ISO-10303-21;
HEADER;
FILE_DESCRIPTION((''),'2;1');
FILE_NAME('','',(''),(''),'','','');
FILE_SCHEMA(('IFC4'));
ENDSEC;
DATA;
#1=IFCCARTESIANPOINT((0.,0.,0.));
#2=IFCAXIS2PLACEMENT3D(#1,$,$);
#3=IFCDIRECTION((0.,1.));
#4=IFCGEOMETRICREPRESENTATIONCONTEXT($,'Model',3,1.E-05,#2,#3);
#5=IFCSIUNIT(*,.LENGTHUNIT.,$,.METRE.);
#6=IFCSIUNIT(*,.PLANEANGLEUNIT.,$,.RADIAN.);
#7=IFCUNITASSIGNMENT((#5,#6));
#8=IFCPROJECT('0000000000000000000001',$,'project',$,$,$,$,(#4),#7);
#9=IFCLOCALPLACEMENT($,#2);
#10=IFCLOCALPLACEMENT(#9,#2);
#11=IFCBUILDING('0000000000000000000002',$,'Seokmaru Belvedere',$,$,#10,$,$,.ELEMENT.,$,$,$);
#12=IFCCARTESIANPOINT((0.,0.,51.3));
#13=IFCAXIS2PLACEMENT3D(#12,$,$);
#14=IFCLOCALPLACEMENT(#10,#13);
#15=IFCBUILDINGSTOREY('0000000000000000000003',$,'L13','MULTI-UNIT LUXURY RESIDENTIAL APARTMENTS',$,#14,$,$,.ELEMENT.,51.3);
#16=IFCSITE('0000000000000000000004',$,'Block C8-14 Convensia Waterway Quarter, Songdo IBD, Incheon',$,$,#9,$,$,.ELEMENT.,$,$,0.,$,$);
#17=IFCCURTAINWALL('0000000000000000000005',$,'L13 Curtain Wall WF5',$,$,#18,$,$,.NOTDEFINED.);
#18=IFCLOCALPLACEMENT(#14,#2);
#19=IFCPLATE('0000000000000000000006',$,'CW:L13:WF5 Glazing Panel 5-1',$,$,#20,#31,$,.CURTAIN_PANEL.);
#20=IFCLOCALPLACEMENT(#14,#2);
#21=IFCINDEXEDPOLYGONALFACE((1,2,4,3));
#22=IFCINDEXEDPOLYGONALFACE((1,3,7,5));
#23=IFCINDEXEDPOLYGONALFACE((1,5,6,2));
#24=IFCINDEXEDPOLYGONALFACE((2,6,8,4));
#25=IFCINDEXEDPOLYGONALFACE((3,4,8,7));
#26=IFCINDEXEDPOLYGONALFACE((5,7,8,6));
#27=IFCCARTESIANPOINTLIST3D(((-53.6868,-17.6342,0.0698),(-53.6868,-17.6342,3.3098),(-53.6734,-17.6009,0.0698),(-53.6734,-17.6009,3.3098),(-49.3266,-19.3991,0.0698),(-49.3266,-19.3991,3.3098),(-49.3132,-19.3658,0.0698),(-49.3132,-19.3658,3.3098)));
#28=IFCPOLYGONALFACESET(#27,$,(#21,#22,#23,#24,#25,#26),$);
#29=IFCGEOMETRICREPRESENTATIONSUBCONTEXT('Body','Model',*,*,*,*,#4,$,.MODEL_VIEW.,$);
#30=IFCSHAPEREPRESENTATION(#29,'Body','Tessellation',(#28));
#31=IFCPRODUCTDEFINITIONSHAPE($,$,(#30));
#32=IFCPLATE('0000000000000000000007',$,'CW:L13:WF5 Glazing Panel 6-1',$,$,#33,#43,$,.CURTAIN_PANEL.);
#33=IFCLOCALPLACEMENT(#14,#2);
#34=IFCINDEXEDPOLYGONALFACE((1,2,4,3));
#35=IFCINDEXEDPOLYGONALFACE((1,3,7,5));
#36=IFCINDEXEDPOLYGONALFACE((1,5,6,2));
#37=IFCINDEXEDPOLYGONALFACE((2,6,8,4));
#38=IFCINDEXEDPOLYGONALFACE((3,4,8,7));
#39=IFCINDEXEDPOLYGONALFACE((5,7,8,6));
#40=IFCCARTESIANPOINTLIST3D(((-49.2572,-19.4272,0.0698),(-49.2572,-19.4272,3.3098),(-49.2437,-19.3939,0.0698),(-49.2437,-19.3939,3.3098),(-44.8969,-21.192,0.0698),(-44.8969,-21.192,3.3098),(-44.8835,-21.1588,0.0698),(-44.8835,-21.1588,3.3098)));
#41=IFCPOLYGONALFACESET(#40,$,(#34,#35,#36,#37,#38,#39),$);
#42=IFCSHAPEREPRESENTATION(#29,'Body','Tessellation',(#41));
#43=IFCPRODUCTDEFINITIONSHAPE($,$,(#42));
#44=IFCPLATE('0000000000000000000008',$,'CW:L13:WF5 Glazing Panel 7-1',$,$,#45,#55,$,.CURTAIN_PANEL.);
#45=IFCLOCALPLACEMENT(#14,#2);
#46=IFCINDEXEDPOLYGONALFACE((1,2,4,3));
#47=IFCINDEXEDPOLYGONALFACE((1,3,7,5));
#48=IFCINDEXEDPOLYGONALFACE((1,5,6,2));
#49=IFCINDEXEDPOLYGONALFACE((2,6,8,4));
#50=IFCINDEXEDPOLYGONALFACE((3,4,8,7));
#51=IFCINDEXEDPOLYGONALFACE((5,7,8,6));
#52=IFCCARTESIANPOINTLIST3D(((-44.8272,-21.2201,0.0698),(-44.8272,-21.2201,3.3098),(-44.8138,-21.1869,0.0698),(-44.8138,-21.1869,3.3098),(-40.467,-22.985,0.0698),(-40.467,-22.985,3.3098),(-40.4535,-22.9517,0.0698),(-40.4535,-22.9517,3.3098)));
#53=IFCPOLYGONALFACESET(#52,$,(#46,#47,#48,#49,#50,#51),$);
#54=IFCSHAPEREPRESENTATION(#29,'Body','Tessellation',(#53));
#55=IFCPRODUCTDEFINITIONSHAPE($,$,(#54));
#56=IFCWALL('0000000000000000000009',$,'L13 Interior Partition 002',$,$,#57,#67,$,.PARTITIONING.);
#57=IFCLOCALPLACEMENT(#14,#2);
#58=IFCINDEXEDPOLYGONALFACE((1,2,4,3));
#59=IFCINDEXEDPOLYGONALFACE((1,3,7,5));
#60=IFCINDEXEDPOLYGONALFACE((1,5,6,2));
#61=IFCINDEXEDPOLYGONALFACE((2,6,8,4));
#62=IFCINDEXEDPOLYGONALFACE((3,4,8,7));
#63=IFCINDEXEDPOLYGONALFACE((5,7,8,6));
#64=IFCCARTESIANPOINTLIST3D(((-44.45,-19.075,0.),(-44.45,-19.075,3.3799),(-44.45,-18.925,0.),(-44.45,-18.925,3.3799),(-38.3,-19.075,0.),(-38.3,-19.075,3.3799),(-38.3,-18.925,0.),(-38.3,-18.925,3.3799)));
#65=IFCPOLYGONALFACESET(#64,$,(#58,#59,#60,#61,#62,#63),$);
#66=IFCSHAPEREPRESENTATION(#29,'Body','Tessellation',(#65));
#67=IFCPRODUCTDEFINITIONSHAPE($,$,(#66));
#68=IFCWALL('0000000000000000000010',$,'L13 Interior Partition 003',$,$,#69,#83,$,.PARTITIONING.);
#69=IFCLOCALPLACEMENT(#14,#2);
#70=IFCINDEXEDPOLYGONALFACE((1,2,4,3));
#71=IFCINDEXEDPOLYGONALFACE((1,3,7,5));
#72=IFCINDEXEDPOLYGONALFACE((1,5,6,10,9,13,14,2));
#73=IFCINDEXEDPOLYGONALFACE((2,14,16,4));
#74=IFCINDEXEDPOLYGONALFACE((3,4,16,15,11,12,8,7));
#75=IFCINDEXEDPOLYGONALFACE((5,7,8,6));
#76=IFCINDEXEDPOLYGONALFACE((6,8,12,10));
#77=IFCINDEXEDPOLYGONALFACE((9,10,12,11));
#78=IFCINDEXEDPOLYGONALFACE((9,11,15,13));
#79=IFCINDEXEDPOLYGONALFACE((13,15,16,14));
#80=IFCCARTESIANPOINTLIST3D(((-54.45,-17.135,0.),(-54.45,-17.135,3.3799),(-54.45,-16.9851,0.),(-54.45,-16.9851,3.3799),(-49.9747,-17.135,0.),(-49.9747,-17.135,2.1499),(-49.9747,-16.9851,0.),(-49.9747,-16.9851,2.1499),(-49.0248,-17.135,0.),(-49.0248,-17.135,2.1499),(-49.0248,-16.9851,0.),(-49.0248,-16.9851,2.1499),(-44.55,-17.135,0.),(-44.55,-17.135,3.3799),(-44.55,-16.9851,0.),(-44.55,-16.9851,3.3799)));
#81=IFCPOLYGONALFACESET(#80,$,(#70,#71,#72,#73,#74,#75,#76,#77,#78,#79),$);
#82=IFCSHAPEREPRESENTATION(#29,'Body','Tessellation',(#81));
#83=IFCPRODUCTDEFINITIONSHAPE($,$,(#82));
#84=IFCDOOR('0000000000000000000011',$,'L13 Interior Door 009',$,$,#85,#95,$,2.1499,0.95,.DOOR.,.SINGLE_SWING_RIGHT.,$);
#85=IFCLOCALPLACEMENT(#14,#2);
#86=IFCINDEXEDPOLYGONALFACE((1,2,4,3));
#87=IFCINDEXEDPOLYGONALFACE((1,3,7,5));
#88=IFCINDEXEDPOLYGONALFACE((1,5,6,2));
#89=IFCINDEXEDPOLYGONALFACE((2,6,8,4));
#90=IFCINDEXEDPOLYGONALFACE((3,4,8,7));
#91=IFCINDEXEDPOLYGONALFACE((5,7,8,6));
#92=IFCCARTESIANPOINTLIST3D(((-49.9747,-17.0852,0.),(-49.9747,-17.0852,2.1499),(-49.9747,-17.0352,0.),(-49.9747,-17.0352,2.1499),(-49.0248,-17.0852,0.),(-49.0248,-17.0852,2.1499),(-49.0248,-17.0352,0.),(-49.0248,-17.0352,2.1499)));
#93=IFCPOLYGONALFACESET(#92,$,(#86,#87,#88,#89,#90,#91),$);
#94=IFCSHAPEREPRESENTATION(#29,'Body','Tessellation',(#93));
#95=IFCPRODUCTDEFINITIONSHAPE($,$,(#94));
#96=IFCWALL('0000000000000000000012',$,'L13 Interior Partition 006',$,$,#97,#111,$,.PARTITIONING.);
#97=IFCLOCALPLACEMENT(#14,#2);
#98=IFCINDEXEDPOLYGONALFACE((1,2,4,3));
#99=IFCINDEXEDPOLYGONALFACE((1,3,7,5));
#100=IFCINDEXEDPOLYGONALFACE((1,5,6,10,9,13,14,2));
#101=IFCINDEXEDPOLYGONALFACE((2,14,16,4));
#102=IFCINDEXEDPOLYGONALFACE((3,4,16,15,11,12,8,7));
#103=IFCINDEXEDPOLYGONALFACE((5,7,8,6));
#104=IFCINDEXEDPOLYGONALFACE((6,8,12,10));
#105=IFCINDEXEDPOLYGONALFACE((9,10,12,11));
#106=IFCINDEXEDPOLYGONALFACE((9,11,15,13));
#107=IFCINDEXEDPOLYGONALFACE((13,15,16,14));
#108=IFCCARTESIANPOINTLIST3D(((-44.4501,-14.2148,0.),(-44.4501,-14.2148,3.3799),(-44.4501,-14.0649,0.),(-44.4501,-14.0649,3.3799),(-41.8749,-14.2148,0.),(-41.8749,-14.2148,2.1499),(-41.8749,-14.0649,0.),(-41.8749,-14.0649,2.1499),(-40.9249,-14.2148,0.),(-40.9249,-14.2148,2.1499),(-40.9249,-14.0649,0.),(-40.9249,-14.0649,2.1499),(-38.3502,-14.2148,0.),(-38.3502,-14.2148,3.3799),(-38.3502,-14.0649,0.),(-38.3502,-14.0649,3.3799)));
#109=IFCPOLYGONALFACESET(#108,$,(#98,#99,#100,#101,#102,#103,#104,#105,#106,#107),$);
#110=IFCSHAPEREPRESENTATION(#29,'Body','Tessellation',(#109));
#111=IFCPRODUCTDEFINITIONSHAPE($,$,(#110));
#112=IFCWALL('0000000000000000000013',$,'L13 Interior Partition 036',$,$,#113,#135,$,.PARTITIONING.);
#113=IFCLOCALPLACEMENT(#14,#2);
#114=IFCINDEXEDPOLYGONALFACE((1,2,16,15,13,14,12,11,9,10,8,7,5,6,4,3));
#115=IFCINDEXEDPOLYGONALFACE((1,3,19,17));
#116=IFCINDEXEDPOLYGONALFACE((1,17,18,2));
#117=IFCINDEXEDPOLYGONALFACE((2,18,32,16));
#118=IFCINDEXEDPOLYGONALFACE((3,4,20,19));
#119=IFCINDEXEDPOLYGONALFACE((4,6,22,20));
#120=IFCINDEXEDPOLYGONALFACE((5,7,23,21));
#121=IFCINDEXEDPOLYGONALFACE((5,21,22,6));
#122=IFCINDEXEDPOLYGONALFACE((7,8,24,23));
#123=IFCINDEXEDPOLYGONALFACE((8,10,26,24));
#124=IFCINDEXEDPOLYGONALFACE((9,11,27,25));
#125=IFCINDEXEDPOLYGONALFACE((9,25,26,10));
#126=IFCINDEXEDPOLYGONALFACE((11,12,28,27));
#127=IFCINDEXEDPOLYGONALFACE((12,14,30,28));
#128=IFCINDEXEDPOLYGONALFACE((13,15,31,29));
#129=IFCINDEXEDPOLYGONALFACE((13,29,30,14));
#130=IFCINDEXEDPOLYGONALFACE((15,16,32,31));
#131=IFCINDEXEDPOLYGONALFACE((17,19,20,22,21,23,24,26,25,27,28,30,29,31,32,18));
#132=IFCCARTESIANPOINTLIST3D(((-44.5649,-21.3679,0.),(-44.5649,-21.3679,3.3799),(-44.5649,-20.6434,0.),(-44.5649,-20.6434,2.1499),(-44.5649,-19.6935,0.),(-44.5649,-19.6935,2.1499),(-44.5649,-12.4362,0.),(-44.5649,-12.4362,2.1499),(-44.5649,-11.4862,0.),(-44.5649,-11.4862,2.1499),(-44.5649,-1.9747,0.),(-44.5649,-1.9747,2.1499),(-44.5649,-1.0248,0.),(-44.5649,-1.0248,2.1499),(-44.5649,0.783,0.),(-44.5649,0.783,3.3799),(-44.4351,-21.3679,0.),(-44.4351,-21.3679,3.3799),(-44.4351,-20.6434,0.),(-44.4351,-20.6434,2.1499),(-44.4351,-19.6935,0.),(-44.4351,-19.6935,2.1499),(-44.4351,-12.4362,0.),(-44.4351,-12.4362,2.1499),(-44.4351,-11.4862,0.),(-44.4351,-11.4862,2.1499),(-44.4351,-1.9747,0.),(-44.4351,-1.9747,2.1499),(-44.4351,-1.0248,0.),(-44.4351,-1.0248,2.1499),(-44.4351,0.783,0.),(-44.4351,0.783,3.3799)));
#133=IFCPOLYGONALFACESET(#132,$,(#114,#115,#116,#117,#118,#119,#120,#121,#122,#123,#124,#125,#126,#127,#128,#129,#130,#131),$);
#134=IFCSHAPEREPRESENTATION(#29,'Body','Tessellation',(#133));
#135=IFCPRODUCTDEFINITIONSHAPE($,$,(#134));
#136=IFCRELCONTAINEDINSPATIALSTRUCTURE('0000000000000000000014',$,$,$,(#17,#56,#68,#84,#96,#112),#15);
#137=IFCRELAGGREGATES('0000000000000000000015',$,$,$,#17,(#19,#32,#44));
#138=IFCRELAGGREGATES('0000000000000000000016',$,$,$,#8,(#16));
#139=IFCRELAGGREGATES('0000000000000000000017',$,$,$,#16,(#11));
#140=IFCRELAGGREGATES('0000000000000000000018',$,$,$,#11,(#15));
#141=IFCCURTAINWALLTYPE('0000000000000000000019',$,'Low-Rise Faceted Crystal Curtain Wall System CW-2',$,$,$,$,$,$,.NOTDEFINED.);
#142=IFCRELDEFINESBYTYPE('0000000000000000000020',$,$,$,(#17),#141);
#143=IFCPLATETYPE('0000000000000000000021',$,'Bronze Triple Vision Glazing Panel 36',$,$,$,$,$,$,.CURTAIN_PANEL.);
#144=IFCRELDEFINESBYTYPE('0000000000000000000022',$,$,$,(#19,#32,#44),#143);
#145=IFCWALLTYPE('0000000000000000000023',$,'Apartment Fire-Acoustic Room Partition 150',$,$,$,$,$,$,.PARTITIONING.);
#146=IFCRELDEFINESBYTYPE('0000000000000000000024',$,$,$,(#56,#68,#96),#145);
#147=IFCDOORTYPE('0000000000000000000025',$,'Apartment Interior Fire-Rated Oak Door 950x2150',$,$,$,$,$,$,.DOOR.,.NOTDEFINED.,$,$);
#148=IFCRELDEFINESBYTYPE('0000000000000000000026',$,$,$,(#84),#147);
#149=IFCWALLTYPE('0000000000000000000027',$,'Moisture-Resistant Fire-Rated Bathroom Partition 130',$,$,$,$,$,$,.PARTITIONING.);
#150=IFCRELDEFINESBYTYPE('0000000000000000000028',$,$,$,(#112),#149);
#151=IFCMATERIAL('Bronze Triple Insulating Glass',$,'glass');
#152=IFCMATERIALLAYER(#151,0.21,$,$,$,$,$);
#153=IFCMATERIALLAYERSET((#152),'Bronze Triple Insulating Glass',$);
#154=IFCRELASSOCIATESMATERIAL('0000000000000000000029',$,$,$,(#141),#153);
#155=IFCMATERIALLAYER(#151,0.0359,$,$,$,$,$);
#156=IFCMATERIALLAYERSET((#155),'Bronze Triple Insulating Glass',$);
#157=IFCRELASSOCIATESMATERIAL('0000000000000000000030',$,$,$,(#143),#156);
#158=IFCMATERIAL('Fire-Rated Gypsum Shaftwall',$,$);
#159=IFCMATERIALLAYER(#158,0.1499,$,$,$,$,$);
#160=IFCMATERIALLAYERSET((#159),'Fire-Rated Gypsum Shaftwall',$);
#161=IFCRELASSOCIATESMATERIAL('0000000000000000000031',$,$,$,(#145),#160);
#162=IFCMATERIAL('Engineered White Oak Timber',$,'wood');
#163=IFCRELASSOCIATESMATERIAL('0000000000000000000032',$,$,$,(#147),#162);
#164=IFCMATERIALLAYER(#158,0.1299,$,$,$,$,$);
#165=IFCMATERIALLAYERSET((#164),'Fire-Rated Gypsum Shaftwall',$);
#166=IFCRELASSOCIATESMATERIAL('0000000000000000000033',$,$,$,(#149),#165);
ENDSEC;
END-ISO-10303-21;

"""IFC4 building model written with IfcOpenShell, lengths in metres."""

from ifc_helpers import new_model, si_unit, direction, frame, frame_2d, origin, origin_2d, place, context, subcontext, project, spatial, rectangle, extrude, source, transform, mapped, material, layer, layer_set, type_object, type_shapes, element, fill, aggregate, save


model = new_model("IFC4")

# Units and contexts
model_context = context("Model", 3, precision=1e-05, world=origin(), true_north=direction((0.0, 1.0)))
body_context = subcontext(model_context, "Body", "Model", "MODEL_VIEW")
ifc_project = project(units=[si_unit("LENGTHUNIT", "METRE"), si_unit("PLANEANGLEUNIT", "RADIAN")], contexts=[model_context])

# Site, building, storey
site_placement = place(None, origin())
site = spatial("IfcSite", under=ifc_project, at=site_placement, Name="Block C8-14 Convensia Waterway Quarter, Songdo IBD, Incheon", CompositionType="ELEMENT", RefElevation=0.0)
building_placement = place(site_placement, origin())
building = spatial("IfcBuilding", under=site, at=building_placement, Name="Seokmaru Belvedere", CompositionType="ELEMENT")
storey_placement = place(building_placement, frame((0.0, 0.0, 51.3)))
storey = spatial("IfcBuildingStorey", under=building, at=storey_placement, Name="L13", Description="MULTI-UNIT LUXURY RESIDENTIAL APARTMENTS", CompositionType="ELEMENT", Elevation=51.3)

# Curtain wall, plates
ifc_material_1 = material(Name="Bronze Triple Insulating Glass", Category="glass")
ifc_layer_1 = layer(ifc_material_1, 0.21)
ifc_layer_set_1 = layer_set([ifc_layer_1], Name="Bronze Triple Insulating Glass")
curtain_wall_type = type_object("IfcCurtainWallType", Name="Low-Rise Faceted Crystal Curtain Wall System CW-2", PredefinedType="NOTDEFINED", material=ifc_layer_set_1)
curtain_wall_placement = place(storey_placement, origin())
curtain_wall = element("IfcCurtainWall", 1, at=curtain_wall_placement, inside=storey, type_object=curtain_wall_type, Name="L13 Curtain Wall WF5", PredefinedType="NOTDEFINED")
ifc_layer_2 = layer(ifc_material_1, 0.0359)
ifc_layer_set_2 = layer_set([ifc_layer_2], Name="Bronze Triple Insulating Glass")
plate_type = type_object("IfcPlateType", Name="Bronze Triple Vision Glazing Panel 36", PredefinedType="CURTAIN_PANEL", material=ifc_layer_set_2)
shared_shape_1 = source(origin(), body_context, "Body", "SweptSolid", [
    extrude(rectangle(XDim=4.7039, YDim=0.0359, at=origin_2d()), origin(), (0.0, 0.0, 1.0), 3.24),
])
type_shapes(plate_type, [shared_shape_1])
plate_1_placement = place(storey_placement, frame((-51.5, -18.5, 0.0698), z_axis=(0.0, 0.0, 1.0), x_axis=(0.926947, -0.375192, 0.0)))
plate_1 = element("IfcPlate", 2, at=plate_1_placement, type_object=plate_type, Name="CW:L13:WF5 Glazing Panel 5-1", PredefinedType="CURTAIN_PANEL", context=body_context, shape_type="MappedRepresentation", body=[
    mapped(shared_shape_1, transform((0.0, 0.0, 0.0), scale=1.0)),
])
plate_2_placement = place(storey_placement, frame((-47.0703, -20.293, 0.0698), z_axis=(0.0, 0.0, 1.0), x_axis=(0.926947, -0.375192, 0.0)))
plate_2 = element("IfcPlate", 3, at=plate_2_placement, type_object=plate_type, Name="CW:L13:WF5 Glazing Panel 6-1", PredefinedType="CURTAIN_PANEL", context=body_context, shape_type="MappedRepresentation", body=[
    mapped(shared_shape_1, transform((0.0, 0.0, 0.0), scale=1.0)),
])
plate_3_placement = place(storey_placement, frame((-42.6404, -22.0859, 0.0698), z_axis=(0.0, 0.0, 1.0), x_axis=(0.926947, -0.375192, 0.0)))
plate_3 = element("IfcPlate", 4, at=plate_3_placement, type_object=plate_type, Name="CW:L13:WF5 Glazing Panel 7-1", PredefinedType="CURTAIN_PANEL", context=body_context, shape_type="MappedRepresentation", body=[
    mapped(shared_shape_1, transform((0.0, 0.0, 0.0), scale=1.0)),
])
aggregate(curtain_wall, [plate_1, plate_2, plate_3])

# Wall
ifc_material_2 = material(Name="Fire-Rated Gypsum Shaftwall")
ifc_layer_3 = layer(ifc_material_2, 0.1499)
ifc_layer_set_3 = layer_set([ifc_layer_3], Name="Fire-Rated Gypsum Shaftwall")
wall_type_1 = type_object("IfcWallType", Name="Apartment Fire-Acoustic Room Partition 150", PredefinedType="PARTITIONING", material=ifc_layer_set_3)
wall_1_placement = place(storey_placement, frame((-44.45, -19.0, 0.0), z_axis=(0.0, 0.0, 1.0), x_axis=(1.0, 0.0, 0.0)))
element("IfcWall", 5, at=wall_1_placement, inside=storey, type_object=wall_type_1, Name="L13 Interior Partition 002", PredefinedType="PARTITIONING", context=body_context, shape_type="SweptSolid", body=[
    extrude(rectangle(XDim=6.1499, YDim=0.1499, at=frame_2d((3.075, 0.0))), origin(), (0.0, 0.0, 1.0), 3.3799),
])

# Wall, opening, door
wall_2_placement = place(storey_placement, frame((-54.45, -17.0601, 0.0), z_axis=(0.0, 0.0, 1.0), x_axis=(1.0, 0.0, 0.0)))
wall_2 = element("IfcWall", 6, at=wall_2_placement, inside=storey, type_object=wall_type_1, Name="L13 Interior Partition 003", PredefinedType="PARTITIONING", context=body_context, shape_type="SweptSolid", body=[
    extrude(rectangle(XDim=9.8999, YDim=0.1499, at=frame_2d((4.95, 0.0))), origin(), (0.0, 0.0, 1.0), 3.3799),
])
opening_1_placement = place(wall_2_placement, frame((4.4751, 0.0, 0.0)))
opening_1 = element("IfcOpeningElement", 7, at=opening_1_placement, cuts=wall_2, PredefinedType="OPENING", context=body_context, shape_type="SweptSolid", body=[
    extrude(rectangle(XDim=0.95, YDim=2.1499, at=frame_2d((0.4751, 1.075))), frame((0.0, 0.085, 0.0), z_axis=(0.0, -1.0, 0.0), x_axis=(1.0, 0.0, 0.0)), (0.0, 0.0, 1.0), 0.1699),
])
ifc_material_3 = material(Name="Engineered White Oak Timber", Category="wood")
door_type = type_object("IfcDoorType", Name="Apartment Interior Fire-Rated Oak Door 950x2150", OperationType="NOTDEFINED", PredefinedType="DOOR", material=ifc_material_3)
shared_shape_2 = source(origin(), body_context, "Body", "SweptSolid", [
    extrude(rectangle(XDim=0.95, YDim=2.1499, at=frame_2d((0.4751, 1.075))), frame((0.0, 0.0249, 0.0), z_axis=(0.0, -1.0, 0.0), x_axis=(1.0, 0.0, 0.0)), (0.0, 0.0, 1.0), 0.05),
])
type_shapes(door_type, [shared_shape_2])
door_placement = place(opening_1_placement, origin())
door = element("IfcDoor", 8, at=door_placement, inside=storey, type_object=door_type, Name="L13 Interior Door 009", OperationType="SINGLE_SWING_RIGHT", OverallHeight=2.1499, OverallWidth=0.95, PredefinedType="DOOR", context=body_context, shape_type="MappedRepresentation", body=[
    mapped(shared_shape_2, transform((0.0, 0.0, 0.0), scale=1.0)),
])
fill(opening_1, door)

# Wall, opening
wall_3_placement = place(storey_placement, frame((-44.45, -14.1399, 0.0), z_axis=(0.0, 0.0, 1.0), x_axis=(1.0, 0.0, 0.0)))
wall_3 = element("IfcWall", 9, at=wall_3_placement, inside=storey, type_object=wall_type_1, Name="L13 Interior Partition 006", PredefinedType="PARTITIONING", context=body_context, shape_type="SweptSolid", body=[
    extrude(rectangle(XDim=6.0999, YDim=0.1499, at=frame_2d((3.0498, 0.0))), origin(), (0.0, 0.0, 1.0), 3.3799),
])
opening_2_placement = place(wall_3_placement, frame((2.575, 0.0, 0.0)))
element("IfcOpeningElement", 10, at=opening_2_placement, cuts=wall_3, PredefinedType="OPENING", context=body_context, shape_type="SweptSolid", body=[
    extrude(rectangle(XDim=0.95, YDim=2.1499, at=frame_2d((0.4751, 1.075))), frame((0.0, 0.085, 0.0), z_axis=(0.0, -1.0, 0.0), x_axis=(1.0, 0.0, 0.0)), (0.0, 0.0, 1.0), 0.1699),
])

# Wall, openings
ifc_layer_4 = layer(ifc_material_2, 0.1299)
ifc_layer_set_4 = layer_set([ifc_layer_4], Name="Fire-Rated Gypsum Shaftwall")
wall_type_2 = type_object("IfcWallType", Name="Moisture-Resistant Fire-Rated Bathroom Partition 130", PredefinedType="PARTITIONING", material=ifc_layer_set_4)
wall_4_placement = place(storey_placement, frame((-44.5, -21.3679, 0.0), z_axis=(0.0, 0.0, 1.0), x_axis=(0.0, 1.0, 0.0)))
wall_4 = element("IfcWall", 11, at=wall_4_placement, inside=storey, type_object=wall_type_2, Name="L13 Interior Partition 036", PredefinedType="PARTITIONING", context=body_context, shape_type="SweptSolid", body=[
    extrude(rectangle(XDim=22.1509, YDim=0.1299, at=frame_2d((11.0754, 0.0))), origin(), (0.0, 0.0, 1.0), 3.3799),
])
opening_3_placement = place(wall_4_placement, frame((8.9316, 0.0, 0.0)))
element("IfcOpeningElement", 12, at=opening_3_placement, cuts=wall_4, PredefinedType="OPENING", context=body_context, shape_type="SweptSolid", body=[
    extrude(rectangle(XDim=0.95, YDim=2.1499, at=frame_2d((0.4751, 1.075))), frame((0.0, 0.075, 0.0), z_axis=(0.0, -1.0, 0.0), x_axis=(1.0, 0.0, 0.0)), (0.0, 0.0, 1.0), 0.1499),
])
opening_4_placement = place(wall_4_placement, frame((0.7244, 0.0, 0.0)))
element("IfcOpeningElement", 13, at=opening_4_placement, cuts=wall_4, PredefinedType="OPENING", context=body_context, shape_type="SweptSolid", body=[
    extrude(rectangle(XDim=0.95, YDim=2.1499, at=frame_2d((0.4751, 1.075))), frame((0.0, 0.075, 0.0), z_axis=(0.0, -1.0, 0.0), x_axis=(1.0, 0.0, 0.0)), (0.0, 0.0, 1.0), 0.1499),
])
opening_5_placement = place(wall_4_placement, frame((19.3931, 0.0, 0.0)))
element("IfcOpeningElement", 14, at=opening_5_placement, cuts=wall_4, PredefinedType="OPENING", context=body_context, shape_type="SweptSolid", body=[
    extrude(rectangle(XDim=0.95, YDim=2.1499, at=frame_2d((0.4751, 1.075))), frame((0.0, 0.075, 0.0), z_axis=(0.0, -1.0, 0.0), x_axis=(1.0, 0.0, 0.0)), (0.0, 0.0, 1.0), 0.1499),
])

save(model, "model.ifc")
